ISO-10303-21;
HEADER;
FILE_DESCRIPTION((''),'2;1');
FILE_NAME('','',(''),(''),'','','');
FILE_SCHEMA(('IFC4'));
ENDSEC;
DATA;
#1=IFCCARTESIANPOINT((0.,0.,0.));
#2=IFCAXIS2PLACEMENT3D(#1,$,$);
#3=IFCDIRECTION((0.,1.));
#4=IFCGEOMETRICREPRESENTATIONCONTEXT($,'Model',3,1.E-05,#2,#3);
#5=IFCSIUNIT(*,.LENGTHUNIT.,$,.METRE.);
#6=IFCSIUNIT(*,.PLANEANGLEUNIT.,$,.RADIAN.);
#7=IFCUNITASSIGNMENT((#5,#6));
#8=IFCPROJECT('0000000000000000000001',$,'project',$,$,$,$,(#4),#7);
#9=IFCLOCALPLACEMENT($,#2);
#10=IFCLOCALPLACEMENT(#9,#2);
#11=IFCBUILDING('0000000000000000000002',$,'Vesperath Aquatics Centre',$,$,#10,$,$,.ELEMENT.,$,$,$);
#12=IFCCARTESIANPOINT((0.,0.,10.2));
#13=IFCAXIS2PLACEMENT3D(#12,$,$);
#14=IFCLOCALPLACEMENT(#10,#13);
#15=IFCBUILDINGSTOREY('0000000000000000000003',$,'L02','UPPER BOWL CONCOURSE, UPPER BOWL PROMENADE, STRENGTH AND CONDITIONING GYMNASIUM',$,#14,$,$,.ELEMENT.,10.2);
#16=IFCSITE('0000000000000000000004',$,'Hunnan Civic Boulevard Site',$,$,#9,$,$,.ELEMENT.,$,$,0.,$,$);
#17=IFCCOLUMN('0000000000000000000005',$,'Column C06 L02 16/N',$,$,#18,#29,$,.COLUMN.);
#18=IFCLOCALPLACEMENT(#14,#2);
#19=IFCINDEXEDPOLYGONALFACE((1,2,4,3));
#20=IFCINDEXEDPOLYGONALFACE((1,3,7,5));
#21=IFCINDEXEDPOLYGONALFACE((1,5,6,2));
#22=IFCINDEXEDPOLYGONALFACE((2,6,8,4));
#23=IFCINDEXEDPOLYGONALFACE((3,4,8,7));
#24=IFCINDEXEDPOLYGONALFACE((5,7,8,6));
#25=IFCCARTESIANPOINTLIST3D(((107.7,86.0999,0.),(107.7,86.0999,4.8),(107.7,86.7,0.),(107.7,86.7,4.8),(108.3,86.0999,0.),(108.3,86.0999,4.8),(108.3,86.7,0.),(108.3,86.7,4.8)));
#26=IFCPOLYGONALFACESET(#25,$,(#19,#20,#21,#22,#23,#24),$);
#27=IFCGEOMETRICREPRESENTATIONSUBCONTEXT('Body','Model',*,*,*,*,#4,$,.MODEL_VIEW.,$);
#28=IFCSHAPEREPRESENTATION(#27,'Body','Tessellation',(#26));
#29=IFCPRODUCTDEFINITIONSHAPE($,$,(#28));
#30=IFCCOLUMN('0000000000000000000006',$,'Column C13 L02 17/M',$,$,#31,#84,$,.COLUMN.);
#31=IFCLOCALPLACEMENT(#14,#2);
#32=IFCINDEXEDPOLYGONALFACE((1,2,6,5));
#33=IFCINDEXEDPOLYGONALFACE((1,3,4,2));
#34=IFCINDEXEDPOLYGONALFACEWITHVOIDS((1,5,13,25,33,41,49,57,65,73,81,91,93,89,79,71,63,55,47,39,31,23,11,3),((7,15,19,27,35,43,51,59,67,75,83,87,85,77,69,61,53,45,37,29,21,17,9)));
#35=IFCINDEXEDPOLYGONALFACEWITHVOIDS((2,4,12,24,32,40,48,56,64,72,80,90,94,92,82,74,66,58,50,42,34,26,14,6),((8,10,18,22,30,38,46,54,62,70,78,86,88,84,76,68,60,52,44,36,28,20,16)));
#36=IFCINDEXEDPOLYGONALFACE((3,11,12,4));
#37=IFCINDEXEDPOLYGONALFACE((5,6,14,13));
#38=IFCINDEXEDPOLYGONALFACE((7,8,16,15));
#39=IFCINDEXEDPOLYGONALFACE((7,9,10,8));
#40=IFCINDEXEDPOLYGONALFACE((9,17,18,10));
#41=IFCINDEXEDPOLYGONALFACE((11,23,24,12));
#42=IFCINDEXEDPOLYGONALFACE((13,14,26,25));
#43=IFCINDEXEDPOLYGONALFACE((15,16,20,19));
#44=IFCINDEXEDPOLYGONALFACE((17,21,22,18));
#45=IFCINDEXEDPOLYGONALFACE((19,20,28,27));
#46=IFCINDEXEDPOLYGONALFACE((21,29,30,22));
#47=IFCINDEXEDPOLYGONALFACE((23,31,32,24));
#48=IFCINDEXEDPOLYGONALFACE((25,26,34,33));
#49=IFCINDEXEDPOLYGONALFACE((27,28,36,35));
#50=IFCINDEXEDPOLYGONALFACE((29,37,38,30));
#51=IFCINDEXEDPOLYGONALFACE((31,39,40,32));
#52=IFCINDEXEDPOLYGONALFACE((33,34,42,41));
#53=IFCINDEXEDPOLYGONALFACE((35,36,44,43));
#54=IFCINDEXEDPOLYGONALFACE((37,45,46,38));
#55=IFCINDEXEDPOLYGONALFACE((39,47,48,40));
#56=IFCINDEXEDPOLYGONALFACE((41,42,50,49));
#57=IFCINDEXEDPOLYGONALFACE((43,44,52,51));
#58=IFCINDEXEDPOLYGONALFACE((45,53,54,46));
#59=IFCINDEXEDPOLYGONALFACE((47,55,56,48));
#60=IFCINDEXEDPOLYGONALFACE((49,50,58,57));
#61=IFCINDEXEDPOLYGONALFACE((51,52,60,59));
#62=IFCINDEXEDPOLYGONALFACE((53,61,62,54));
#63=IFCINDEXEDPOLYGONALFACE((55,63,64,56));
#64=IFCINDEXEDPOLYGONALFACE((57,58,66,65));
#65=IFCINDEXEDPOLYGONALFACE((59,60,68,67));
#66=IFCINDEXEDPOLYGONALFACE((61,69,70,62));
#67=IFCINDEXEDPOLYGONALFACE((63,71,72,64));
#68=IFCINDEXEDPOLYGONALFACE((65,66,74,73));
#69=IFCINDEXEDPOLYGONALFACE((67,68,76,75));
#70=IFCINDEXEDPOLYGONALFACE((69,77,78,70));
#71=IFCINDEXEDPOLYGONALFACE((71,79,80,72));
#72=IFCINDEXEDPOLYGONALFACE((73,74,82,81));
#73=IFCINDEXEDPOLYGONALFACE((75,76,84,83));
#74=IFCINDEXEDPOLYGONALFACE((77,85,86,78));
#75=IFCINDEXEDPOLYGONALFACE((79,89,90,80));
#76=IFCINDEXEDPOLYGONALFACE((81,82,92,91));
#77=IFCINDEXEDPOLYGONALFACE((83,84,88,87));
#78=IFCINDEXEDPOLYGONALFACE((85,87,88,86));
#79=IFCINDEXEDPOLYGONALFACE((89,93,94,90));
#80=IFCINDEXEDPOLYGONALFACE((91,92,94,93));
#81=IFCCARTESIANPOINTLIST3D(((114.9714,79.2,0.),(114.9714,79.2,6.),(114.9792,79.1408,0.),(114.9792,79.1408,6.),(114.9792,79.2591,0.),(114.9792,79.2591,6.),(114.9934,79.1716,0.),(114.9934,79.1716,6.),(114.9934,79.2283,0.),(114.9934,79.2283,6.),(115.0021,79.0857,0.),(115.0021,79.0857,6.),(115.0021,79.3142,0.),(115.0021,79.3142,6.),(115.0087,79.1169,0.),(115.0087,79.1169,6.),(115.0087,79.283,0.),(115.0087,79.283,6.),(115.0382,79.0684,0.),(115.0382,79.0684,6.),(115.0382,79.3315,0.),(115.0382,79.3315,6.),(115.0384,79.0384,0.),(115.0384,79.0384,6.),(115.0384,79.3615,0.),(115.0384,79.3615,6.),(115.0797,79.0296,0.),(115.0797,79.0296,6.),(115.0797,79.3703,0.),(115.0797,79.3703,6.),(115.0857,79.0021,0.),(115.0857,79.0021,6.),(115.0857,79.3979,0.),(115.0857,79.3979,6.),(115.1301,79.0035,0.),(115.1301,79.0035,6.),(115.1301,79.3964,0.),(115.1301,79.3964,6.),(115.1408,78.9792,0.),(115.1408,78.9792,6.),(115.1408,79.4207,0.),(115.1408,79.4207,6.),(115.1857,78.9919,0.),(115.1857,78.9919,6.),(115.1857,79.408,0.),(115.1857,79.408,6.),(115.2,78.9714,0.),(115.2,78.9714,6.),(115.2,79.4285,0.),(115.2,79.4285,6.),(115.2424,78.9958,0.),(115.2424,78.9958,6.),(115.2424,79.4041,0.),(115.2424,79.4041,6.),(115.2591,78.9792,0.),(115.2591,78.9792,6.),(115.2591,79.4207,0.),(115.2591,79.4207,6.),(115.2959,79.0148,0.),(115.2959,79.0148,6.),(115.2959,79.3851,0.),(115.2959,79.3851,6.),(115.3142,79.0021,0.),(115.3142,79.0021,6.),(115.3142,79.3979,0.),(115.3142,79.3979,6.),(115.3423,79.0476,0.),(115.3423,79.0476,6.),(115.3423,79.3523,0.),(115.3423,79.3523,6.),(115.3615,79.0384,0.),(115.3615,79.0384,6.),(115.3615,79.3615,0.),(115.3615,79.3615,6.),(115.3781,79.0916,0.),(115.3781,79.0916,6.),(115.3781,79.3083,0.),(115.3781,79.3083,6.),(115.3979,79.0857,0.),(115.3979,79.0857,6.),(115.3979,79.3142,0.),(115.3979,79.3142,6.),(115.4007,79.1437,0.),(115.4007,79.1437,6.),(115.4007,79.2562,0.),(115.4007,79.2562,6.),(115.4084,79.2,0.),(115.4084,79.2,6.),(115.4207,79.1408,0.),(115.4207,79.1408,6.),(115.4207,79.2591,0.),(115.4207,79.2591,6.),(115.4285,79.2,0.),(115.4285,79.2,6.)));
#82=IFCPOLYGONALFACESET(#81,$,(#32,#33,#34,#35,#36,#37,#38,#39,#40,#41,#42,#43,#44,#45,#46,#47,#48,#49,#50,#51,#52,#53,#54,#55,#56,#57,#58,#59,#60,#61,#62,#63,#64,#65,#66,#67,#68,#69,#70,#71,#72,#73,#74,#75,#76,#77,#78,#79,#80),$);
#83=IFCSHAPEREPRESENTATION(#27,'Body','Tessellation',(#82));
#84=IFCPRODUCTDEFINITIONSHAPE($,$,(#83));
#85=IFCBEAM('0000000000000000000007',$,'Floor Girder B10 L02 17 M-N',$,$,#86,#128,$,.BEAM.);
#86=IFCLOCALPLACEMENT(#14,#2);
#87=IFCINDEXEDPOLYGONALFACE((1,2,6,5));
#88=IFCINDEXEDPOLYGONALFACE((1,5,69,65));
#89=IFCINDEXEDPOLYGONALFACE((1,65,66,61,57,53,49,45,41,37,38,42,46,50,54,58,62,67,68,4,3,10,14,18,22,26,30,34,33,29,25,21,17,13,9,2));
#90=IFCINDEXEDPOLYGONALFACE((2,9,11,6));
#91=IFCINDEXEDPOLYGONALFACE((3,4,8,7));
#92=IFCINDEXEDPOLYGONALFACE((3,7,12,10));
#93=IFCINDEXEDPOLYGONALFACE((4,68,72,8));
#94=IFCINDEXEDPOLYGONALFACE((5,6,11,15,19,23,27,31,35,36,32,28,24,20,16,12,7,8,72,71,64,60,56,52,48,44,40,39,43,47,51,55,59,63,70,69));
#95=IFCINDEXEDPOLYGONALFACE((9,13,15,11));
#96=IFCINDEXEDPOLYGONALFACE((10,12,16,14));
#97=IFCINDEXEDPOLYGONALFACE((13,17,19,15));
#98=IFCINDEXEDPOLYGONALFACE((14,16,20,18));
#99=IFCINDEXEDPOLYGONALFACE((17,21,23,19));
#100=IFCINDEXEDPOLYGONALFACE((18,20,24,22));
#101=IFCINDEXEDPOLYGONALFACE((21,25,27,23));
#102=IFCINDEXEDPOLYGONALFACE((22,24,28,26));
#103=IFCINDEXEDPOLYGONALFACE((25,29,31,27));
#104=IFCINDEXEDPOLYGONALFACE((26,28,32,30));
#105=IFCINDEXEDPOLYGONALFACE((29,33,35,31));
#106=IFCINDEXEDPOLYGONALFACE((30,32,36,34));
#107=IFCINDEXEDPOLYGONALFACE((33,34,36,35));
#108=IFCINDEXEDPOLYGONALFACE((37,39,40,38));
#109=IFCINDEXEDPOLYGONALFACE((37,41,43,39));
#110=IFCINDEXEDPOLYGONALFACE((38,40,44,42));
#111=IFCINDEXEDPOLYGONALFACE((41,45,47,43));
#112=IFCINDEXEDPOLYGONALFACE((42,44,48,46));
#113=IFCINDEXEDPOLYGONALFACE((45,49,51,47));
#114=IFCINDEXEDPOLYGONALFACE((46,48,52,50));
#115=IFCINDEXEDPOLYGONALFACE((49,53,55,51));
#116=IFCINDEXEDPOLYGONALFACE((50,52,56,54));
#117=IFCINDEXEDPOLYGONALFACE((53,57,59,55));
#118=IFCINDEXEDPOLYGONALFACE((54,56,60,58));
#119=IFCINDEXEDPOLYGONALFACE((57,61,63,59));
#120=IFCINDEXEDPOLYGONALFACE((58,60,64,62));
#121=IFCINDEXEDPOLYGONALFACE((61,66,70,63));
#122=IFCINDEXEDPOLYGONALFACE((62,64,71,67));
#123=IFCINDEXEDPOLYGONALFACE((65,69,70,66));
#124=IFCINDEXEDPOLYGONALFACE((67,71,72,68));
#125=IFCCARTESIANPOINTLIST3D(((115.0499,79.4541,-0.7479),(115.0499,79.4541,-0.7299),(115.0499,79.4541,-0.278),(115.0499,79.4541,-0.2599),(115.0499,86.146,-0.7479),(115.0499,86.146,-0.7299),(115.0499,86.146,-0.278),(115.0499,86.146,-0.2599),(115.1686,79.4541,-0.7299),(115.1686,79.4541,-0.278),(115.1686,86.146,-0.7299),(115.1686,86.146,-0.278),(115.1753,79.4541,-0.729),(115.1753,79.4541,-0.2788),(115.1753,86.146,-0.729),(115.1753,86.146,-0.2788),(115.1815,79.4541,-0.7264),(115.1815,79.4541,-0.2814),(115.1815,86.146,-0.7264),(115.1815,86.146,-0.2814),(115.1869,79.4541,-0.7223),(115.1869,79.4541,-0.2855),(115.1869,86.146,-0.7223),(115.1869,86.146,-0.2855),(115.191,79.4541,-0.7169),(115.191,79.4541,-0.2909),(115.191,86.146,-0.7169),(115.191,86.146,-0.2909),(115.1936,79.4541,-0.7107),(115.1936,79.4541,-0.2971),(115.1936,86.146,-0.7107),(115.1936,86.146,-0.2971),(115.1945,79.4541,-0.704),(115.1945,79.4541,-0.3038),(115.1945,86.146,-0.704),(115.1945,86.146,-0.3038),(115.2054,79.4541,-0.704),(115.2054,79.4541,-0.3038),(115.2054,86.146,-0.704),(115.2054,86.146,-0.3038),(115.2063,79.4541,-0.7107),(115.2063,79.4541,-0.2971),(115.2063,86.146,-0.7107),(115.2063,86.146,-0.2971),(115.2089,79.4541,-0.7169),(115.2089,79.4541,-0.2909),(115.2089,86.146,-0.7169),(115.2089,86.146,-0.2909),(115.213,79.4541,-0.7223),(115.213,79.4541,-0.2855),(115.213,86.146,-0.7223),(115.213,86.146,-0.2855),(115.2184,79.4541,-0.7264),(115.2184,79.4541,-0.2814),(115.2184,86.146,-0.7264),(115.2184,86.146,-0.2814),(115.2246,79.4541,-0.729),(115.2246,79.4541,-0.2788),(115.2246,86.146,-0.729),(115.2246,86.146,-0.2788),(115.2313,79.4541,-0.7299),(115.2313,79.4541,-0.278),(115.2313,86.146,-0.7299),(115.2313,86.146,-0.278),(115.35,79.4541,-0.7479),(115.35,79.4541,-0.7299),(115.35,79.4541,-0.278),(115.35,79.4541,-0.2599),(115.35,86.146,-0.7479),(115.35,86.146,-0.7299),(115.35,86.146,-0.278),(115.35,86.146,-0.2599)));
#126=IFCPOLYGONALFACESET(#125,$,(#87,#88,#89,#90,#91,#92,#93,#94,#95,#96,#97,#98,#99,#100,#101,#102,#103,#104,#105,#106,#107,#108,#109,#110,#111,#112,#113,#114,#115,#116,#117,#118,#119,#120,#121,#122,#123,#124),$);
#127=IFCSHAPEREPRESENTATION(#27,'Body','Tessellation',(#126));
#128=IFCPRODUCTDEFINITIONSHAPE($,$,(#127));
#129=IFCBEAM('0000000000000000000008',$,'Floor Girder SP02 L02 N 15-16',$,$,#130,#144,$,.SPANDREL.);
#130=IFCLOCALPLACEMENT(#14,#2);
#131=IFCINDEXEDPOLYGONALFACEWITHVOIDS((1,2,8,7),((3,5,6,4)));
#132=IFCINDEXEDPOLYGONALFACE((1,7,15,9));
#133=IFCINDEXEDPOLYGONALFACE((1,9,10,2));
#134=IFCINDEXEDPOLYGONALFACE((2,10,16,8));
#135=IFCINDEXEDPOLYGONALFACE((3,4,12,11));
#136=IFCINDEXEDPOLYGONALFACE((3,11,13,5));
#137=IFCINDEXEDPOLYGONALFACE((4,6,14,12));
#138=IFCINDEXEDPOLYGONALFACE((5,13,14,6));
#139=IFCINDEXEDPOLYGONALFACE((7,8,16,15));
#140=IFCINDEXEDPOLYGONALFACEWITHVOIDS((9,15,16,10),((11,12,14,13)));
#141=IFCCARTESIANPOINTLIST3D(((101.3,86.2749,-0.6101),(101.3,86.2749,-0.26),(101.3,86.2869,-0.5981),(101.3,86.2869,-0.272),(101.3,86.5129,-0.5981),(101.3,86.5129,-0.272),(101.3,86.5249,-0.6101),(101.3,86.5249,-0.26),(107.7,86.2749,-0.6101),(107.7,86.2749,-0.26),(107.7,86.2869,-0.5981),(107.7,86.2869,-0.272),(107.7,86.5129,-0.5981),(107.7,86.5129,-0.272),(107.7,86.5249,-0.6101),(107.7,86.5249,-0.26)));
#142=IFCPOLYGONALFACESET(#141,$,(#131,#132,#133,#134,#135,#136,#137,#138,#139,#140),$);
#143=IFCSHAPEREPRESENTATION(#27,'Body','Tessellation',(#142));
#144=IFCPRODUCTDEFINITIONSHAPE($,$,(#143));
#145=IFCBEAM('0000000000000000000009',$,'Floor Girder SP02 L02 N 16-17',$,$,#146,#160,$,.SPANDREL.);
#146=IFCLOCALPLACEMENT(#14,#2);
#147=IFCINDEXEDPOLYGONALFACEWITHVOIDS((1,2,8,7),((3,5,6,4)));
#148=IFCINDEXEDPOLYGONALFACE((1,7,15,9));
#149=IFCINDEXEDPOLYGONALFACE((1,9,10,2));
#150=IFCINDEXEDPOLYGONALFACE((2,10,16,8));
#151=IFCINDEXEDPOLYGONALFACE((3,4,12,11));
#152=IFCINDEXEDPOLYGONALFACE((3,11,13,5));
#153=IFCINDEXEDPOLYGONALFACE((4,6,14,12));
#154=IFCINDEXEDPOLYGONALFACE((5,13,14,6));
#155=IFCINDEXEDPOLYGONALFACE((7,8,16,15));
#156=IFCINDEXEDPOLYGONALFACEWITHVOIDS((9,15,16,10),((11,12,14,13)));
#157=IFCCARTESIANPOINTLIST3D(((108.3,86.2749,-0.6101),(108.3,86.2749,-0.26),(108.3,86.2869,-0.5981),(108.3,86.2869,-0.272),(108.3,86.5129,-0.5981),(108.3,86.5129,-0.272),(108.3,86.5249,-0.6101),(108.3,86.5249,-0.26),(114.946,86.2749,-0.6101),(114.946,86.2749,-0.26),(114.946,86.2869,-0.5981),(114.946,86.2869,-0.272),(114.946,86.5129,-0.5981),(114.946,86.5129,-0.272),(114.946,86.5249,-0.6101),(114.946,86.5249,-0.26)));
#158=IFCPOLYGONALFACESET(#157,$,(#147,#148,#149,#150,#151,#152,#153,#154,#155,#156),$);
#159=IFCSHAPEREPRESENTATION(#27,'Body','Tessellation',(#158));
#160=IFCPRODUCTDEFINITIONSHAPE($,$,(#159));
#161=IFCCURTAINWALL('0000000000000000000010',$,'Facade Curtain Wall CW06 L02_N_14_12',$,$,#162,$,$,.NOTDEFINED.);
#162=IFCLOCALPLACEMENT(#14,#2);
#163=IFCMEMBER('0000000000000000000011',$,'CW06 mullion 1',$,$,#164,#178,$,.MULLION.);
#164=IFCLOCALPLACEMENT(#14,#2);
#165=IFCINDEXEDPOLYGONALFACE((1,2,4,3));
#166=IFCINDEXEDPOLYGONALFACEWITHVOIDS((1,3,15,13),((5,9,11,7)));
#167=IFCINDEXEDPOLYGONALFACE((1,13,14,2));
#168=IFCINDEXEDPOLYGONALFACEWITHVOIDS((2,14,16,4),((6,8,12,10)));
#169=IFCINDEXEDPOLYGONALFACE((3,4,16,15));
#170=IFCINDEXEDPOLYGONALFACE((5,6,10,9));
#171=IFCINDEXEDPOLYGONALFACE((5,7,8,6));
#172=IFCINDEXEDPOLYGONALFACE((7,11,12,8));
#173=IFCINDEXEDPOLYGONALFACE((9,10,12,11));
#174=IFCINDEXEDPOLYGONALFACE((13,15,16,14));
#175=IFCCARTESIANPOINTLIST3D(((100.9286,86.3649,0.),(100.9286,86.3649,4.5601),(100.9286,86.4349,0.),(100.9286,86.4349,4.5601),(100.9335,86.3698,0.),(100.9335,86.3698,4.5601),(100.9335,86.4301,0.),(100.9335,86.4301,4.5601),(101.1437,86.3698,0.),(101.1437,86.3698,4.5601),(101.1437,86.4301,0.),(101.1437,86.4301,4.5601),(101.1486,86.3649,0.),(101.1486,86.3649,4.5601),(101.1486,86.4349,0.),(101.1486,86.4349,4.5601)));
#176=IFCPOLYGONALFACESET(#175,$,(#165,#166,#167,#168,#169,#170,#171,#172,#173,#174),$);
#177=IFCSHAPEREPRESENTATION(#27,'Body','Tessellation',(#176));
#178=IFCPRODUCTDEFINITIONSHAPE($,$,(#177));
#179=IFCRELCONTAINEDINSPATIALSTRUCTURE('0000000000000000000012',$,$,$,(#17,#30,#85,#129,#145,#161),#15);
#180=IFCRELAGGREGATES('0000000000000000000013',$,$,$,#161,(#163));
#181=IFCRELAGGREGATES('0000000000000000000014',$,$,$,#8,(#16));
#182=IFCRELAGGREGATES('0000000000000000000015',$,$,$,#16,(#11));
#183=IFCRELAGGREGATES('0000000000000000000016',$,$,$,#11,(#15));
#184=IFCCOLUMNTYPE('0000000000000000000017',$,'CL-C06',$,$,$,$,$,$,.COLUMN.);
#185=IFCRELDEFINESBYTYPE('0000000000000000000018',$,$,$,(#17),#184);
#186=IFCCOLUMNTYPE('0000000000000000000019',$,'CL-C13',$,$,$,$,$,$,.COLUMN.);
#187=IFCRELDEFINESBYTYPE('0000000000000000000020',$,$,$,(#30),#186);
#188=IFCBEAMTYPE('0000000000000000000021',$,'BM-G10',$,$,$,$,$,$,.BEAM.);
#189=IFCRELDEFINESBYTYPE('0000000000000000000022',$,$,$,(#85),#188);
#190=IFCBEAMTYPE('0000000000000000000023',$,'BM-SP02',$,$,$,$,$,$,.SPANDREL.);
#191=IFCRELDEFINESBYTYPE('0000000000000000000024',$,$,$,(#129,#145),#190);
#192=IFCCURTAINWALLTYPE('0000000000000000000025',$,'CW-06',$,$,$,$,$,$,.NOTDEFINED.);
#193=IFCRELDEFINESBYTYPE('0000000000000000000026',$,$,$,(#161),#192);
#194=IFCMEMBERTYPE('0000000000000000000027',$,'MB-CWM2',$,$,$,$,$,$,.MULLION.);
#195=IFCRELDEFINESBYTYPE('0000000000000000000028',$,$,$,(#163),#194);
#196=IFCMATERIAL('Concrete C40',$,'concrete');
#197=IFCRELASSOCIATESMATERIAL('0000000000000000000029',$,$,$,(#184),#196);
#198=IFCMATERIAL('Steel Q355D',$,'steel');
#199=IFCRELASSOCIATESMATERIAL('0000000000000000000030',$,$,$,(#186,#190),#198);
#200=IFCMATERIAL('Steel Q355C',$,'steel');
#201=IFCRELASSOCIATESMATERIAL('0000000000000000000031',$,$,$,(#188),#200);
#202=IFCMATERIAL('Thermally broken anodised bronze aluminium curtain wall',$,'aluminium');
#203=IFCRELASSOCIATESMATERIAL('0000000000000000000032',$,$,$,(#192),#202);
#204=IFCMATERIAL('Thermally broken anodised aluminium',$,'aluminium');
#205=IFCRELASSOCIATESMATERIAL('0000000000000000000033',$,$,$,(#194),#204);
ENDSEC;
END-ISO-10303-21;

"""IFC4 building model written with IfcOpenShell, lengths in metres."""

from ifc_helpers import new_model, si_unit, direction, frame, origin, origin_2d, place, context, subcontext, project, spatial, rectangle, hollow_rectangle, hollow_circle, i_section, extrude, material, material_profile, profile_set, type_object, element, aggregate, save


model = new_model("IFC4")

# Units and contexts
model_context = context("Model", 3, precision=1e-05, world=origin(), true_north=direction((0.0, 1.0)))
body_context = subcontext(model_context, "Body", "Model", "MODEL_VIEW")
ifc_project = project(units=[si_unit("LENGTHUNIT", "METRE"), si_unit("PLANEANGLEUNIT", "RADIAN")], contexts=[model_context])

# Site, building, storey
site_placement = place(None, origin())
site = spatial("IfcSite", under=ifc_project, at=site_placement, Name="Hunnan Civic Boulevard Site", CompositionType="ELEMENT", RefElevation=0.0)
building_placement = place(site_placement, origin())
building = spatial("IfcBuilding", under=site, at=building_placement, Name="Vesperath Aquatics Centre", CompositionType="ELEMENT")
storey_placement = place(building_placement, frame((0.0, 0.0, 10.2)))
storey = spatial("IfcBuildingStorey", under=building, at=storey_placement, Name="L02", Description="UPPER BOWL CONCOURSE, UPPER BOWL PROMENADE, STRENGTH AND CONDITIONING GYMNASIUM", CompositionType="ELEMENT", Elevation=10.2)

# Columns
ifc_material_1 = material(Name="Concrete C40", Category="concrete")
ifc_material_profile_1 = material_profile(ifc_material_1, rectangle(XDim=0.6001, YDim=0.6001, at=origin_2d()), Name="RC 600x600")
ifc_profile_set_1 = profile_set([ifc_material_profile_1], Name="Concrete C40")
column_type_1 = type_object("IfcColumnType", Name="CL-C06", PredefinedType="COLUMN", material=ifc_profile_set_1)
column_1_placement = place(storey_placement, frame((108.0, 86.3999, 0.0), z_axis=(0.0, 0.0, 1.0), x_axis=(1.0, 0.0, 0.0)))
element("IfcColumn", 1, at=column_1_placement, inside=storey, type_object=column_type_1, Name="Column C06 L02 16/N", PredefinedType="COLUMN", context=body_context, shape_type="SweptSolid", body=[
    extrude(rectangle(XDim=0.6001, YDim=0.6001, at=origin_2d()), origin(), (0.0, 0.0, 1.0), 4.8),
])
ifc_material_2 = material(Name="Steel Q355D", Category="steel")
ifc_material_profile_2 = material_profile(ifc_material_2, hollow_circle(Radius=0.2285, WallThickness=0.02, at=origin_2d()), Name="CHS 457.0x20")
ifc_profile_set_2 = profile_set([ifc_material_profile_2], Name="Steel Q355D")
column_type_2 = type_object("IfcColumnType", Name="CL-C13", PredefinedType="COLUMN", material=ifc_profile_set_2)
column_2_placement = place(storey_placement, frame((115.2, 79.2, 0.0), z_axis=(0.0, 0.0, 1.0), x_axis=(1.0, 0.0, 0.0)))
element("IfcColumn", 2, at=column_2_placement, inside=storey, type_object=column_type_2, Name="Column C13 L02 17/M", PredefinedType="COLUMN", context=body_context, shape_type="SweptSolid", body=[
    extrude(hollow_circle(Radius=0.2285, WallThickness=0.02, at=origin_2d()), origin(), (0.0, 0.0, 1.0), 6.0),
])

# Beams
ifc_material_3 = material(Name="Steel Q355C", Category="steel")
ifc_material_profile_3 = material_profile(ifc_material_3, i_section(OverallWidth=0.3, OverallDepth=0.488, WebThickness=0.011, FlangeThickness=0.0181, FilletRadius=0.0259, at=origin_2d()), Name="HM 488x300x11x18")
ifc_profile_set_3 = profile_set([ifc_material_profile_3], Name="Steel Q355C")
beam_type_1 = type_object("IfcBeamType", Name="BM-G10", PredefinedType="BEAM", material=ifc_profile_set_3)
beam_1_placement = place(storey_placement, frame((115.2, 79.4541, -0.5039), z_axis=(0.0, 1.0, 0.0), x_axis=(-1.0, 0.0, 0.0)))
element("IfcBeam", 3, at=beam_1_placement, inside=storey, type_object=beam_type_1, Name="Floor Girder B10 L02 17 M-N", PredefinedType="BEAM", context=body_context, shape_type="SweptSolid", body=[
    extrude(i_section(OverallWidth=0.3, OverallDepth=0.488, WebThickness=0.011, FlangeThickness=0.0181, FilletRadius=0.0259, at=origin_2d()), origin(), (0.0, 0.0, 1.0), 6.6919),
])
ifc_material_profile_4 = material_profile(ifc_material_2, hollow_rectangle(XDim=0.25, YDim=0.3501, WallThickness=0.012, at=origin_2d()), Name="RHS 350x250x12")
ifc_profile_set_4 = profile_set([ifc_material_profile_4], Name="Steel Q355D")
beam_type_2 = type_object("IfcBeamType", Name="BM-SP02", PredefinedType="SPANDREL", material=ifc_profile_set_4)
beam_2_placement = place(storey_placement, frame((101.3, 86.3999, -0.4351), z_axis=(1.0, 0.0, 0.0), x_axis=(0.0, 1.0, 0.0)))
element("IfcBeam", 4, at=beam_2_placement, inside=storey, type_object=beam_type_2, Name="Floor Girder SP02 L02 N 15-16", PredefinedType="SPANDREL", context=body_context, shape_type="SweptSolid", body=[
    extrude(hollow_rectangle(XDim=0.25, YDim=0.3501, WallThickness=0.012, at=origin_2d()), origin(), (0.0, 0.0, 1.0), 6.3999),
])
beam_3_placement = place(storey_placement, frame((108.3, 86.3999, -0.4351), z_axis=(1.0, 0.0, 0.0), x_axis=(0.0, 1.0, 0.0)))
element("IfcBeam", 5, at=beam_3_placement, inside=storey, type_object=beam_type_2, Name="Floor Girder SP02 L02 N 16-17", PredefinedType="SPANDREL", context=body_context, shape_type="SweptSolid", body=[
    extrude(hollow_rectangle(XDim=0.25, YDim=0.3501, WallThickness=0.012, at=origin_2d()), origin(), (0.0, 0.0, 1.0), 6.646),
])

# Curtain wall, member
ifc_material_4 = material(Name="Thermally broken anodised bronze aluminium curtain wall", Category="aluminium")
curtain_wall_type_1 = type_object("IfcCurtainWallType", Name="CW-06", PredefinedType="NOTDEFINED", material=ifc_material_4)
curtain_wall_1_placement = place(storey_placement, origin())
curtain_wall_1 = element("IfcCurtainWall", 6, at=curtain_wall_1_placement, inside=storey, type_object=curtain_wall_type_1, Name="Facade Curtain Wall CW06 L02_N_14_12", PredefinedType="NOTDEFINED")
ifc_material_5 = material(Name="Thermally broken anodised aluminium", Category="aluminium")
ifc_material_profile_5 = material_profile(ifc_material_5, hollow_rectangle(XDim=0.0701, YDim=0.22, WallThickness=0.0049, at=origin_2d()), Name="CWM 70x220x5")
ifc_profile_set_5 = profile_set([ifc_material_profile_5], Name="Thermally broken anodised aluminium")
member_type_1 = type_object("IfcMemberType", Name="MB-CWM2", PredefinedType="MULLION", material=ifc_profile_set_5)
member_1_placement = place(storey_placement, frame((101.0386, 86.3999, 0.0), z_axis=(0.0, 0.0, 1.0), x_axis=(0.0, 1.0, 0.0)))
member_1 = element("IfcMember", 7, at=member_1_placement, type_object=member_type_1, Name="CW06 mullion 1", PredefinedType="MULLION", context=body_context, shape_type="SweptSolid", body=[
    extrude(hollow_rectangle(XDim=0.0701, YDim=0.22, WallThickness=0.0049, at=origin_2d()), origin(), (0.0, 0.0, 1.0), 4.5601),
])

aggregate(curtain_wall_1, [member_1])

save(model, "model.ifc")
